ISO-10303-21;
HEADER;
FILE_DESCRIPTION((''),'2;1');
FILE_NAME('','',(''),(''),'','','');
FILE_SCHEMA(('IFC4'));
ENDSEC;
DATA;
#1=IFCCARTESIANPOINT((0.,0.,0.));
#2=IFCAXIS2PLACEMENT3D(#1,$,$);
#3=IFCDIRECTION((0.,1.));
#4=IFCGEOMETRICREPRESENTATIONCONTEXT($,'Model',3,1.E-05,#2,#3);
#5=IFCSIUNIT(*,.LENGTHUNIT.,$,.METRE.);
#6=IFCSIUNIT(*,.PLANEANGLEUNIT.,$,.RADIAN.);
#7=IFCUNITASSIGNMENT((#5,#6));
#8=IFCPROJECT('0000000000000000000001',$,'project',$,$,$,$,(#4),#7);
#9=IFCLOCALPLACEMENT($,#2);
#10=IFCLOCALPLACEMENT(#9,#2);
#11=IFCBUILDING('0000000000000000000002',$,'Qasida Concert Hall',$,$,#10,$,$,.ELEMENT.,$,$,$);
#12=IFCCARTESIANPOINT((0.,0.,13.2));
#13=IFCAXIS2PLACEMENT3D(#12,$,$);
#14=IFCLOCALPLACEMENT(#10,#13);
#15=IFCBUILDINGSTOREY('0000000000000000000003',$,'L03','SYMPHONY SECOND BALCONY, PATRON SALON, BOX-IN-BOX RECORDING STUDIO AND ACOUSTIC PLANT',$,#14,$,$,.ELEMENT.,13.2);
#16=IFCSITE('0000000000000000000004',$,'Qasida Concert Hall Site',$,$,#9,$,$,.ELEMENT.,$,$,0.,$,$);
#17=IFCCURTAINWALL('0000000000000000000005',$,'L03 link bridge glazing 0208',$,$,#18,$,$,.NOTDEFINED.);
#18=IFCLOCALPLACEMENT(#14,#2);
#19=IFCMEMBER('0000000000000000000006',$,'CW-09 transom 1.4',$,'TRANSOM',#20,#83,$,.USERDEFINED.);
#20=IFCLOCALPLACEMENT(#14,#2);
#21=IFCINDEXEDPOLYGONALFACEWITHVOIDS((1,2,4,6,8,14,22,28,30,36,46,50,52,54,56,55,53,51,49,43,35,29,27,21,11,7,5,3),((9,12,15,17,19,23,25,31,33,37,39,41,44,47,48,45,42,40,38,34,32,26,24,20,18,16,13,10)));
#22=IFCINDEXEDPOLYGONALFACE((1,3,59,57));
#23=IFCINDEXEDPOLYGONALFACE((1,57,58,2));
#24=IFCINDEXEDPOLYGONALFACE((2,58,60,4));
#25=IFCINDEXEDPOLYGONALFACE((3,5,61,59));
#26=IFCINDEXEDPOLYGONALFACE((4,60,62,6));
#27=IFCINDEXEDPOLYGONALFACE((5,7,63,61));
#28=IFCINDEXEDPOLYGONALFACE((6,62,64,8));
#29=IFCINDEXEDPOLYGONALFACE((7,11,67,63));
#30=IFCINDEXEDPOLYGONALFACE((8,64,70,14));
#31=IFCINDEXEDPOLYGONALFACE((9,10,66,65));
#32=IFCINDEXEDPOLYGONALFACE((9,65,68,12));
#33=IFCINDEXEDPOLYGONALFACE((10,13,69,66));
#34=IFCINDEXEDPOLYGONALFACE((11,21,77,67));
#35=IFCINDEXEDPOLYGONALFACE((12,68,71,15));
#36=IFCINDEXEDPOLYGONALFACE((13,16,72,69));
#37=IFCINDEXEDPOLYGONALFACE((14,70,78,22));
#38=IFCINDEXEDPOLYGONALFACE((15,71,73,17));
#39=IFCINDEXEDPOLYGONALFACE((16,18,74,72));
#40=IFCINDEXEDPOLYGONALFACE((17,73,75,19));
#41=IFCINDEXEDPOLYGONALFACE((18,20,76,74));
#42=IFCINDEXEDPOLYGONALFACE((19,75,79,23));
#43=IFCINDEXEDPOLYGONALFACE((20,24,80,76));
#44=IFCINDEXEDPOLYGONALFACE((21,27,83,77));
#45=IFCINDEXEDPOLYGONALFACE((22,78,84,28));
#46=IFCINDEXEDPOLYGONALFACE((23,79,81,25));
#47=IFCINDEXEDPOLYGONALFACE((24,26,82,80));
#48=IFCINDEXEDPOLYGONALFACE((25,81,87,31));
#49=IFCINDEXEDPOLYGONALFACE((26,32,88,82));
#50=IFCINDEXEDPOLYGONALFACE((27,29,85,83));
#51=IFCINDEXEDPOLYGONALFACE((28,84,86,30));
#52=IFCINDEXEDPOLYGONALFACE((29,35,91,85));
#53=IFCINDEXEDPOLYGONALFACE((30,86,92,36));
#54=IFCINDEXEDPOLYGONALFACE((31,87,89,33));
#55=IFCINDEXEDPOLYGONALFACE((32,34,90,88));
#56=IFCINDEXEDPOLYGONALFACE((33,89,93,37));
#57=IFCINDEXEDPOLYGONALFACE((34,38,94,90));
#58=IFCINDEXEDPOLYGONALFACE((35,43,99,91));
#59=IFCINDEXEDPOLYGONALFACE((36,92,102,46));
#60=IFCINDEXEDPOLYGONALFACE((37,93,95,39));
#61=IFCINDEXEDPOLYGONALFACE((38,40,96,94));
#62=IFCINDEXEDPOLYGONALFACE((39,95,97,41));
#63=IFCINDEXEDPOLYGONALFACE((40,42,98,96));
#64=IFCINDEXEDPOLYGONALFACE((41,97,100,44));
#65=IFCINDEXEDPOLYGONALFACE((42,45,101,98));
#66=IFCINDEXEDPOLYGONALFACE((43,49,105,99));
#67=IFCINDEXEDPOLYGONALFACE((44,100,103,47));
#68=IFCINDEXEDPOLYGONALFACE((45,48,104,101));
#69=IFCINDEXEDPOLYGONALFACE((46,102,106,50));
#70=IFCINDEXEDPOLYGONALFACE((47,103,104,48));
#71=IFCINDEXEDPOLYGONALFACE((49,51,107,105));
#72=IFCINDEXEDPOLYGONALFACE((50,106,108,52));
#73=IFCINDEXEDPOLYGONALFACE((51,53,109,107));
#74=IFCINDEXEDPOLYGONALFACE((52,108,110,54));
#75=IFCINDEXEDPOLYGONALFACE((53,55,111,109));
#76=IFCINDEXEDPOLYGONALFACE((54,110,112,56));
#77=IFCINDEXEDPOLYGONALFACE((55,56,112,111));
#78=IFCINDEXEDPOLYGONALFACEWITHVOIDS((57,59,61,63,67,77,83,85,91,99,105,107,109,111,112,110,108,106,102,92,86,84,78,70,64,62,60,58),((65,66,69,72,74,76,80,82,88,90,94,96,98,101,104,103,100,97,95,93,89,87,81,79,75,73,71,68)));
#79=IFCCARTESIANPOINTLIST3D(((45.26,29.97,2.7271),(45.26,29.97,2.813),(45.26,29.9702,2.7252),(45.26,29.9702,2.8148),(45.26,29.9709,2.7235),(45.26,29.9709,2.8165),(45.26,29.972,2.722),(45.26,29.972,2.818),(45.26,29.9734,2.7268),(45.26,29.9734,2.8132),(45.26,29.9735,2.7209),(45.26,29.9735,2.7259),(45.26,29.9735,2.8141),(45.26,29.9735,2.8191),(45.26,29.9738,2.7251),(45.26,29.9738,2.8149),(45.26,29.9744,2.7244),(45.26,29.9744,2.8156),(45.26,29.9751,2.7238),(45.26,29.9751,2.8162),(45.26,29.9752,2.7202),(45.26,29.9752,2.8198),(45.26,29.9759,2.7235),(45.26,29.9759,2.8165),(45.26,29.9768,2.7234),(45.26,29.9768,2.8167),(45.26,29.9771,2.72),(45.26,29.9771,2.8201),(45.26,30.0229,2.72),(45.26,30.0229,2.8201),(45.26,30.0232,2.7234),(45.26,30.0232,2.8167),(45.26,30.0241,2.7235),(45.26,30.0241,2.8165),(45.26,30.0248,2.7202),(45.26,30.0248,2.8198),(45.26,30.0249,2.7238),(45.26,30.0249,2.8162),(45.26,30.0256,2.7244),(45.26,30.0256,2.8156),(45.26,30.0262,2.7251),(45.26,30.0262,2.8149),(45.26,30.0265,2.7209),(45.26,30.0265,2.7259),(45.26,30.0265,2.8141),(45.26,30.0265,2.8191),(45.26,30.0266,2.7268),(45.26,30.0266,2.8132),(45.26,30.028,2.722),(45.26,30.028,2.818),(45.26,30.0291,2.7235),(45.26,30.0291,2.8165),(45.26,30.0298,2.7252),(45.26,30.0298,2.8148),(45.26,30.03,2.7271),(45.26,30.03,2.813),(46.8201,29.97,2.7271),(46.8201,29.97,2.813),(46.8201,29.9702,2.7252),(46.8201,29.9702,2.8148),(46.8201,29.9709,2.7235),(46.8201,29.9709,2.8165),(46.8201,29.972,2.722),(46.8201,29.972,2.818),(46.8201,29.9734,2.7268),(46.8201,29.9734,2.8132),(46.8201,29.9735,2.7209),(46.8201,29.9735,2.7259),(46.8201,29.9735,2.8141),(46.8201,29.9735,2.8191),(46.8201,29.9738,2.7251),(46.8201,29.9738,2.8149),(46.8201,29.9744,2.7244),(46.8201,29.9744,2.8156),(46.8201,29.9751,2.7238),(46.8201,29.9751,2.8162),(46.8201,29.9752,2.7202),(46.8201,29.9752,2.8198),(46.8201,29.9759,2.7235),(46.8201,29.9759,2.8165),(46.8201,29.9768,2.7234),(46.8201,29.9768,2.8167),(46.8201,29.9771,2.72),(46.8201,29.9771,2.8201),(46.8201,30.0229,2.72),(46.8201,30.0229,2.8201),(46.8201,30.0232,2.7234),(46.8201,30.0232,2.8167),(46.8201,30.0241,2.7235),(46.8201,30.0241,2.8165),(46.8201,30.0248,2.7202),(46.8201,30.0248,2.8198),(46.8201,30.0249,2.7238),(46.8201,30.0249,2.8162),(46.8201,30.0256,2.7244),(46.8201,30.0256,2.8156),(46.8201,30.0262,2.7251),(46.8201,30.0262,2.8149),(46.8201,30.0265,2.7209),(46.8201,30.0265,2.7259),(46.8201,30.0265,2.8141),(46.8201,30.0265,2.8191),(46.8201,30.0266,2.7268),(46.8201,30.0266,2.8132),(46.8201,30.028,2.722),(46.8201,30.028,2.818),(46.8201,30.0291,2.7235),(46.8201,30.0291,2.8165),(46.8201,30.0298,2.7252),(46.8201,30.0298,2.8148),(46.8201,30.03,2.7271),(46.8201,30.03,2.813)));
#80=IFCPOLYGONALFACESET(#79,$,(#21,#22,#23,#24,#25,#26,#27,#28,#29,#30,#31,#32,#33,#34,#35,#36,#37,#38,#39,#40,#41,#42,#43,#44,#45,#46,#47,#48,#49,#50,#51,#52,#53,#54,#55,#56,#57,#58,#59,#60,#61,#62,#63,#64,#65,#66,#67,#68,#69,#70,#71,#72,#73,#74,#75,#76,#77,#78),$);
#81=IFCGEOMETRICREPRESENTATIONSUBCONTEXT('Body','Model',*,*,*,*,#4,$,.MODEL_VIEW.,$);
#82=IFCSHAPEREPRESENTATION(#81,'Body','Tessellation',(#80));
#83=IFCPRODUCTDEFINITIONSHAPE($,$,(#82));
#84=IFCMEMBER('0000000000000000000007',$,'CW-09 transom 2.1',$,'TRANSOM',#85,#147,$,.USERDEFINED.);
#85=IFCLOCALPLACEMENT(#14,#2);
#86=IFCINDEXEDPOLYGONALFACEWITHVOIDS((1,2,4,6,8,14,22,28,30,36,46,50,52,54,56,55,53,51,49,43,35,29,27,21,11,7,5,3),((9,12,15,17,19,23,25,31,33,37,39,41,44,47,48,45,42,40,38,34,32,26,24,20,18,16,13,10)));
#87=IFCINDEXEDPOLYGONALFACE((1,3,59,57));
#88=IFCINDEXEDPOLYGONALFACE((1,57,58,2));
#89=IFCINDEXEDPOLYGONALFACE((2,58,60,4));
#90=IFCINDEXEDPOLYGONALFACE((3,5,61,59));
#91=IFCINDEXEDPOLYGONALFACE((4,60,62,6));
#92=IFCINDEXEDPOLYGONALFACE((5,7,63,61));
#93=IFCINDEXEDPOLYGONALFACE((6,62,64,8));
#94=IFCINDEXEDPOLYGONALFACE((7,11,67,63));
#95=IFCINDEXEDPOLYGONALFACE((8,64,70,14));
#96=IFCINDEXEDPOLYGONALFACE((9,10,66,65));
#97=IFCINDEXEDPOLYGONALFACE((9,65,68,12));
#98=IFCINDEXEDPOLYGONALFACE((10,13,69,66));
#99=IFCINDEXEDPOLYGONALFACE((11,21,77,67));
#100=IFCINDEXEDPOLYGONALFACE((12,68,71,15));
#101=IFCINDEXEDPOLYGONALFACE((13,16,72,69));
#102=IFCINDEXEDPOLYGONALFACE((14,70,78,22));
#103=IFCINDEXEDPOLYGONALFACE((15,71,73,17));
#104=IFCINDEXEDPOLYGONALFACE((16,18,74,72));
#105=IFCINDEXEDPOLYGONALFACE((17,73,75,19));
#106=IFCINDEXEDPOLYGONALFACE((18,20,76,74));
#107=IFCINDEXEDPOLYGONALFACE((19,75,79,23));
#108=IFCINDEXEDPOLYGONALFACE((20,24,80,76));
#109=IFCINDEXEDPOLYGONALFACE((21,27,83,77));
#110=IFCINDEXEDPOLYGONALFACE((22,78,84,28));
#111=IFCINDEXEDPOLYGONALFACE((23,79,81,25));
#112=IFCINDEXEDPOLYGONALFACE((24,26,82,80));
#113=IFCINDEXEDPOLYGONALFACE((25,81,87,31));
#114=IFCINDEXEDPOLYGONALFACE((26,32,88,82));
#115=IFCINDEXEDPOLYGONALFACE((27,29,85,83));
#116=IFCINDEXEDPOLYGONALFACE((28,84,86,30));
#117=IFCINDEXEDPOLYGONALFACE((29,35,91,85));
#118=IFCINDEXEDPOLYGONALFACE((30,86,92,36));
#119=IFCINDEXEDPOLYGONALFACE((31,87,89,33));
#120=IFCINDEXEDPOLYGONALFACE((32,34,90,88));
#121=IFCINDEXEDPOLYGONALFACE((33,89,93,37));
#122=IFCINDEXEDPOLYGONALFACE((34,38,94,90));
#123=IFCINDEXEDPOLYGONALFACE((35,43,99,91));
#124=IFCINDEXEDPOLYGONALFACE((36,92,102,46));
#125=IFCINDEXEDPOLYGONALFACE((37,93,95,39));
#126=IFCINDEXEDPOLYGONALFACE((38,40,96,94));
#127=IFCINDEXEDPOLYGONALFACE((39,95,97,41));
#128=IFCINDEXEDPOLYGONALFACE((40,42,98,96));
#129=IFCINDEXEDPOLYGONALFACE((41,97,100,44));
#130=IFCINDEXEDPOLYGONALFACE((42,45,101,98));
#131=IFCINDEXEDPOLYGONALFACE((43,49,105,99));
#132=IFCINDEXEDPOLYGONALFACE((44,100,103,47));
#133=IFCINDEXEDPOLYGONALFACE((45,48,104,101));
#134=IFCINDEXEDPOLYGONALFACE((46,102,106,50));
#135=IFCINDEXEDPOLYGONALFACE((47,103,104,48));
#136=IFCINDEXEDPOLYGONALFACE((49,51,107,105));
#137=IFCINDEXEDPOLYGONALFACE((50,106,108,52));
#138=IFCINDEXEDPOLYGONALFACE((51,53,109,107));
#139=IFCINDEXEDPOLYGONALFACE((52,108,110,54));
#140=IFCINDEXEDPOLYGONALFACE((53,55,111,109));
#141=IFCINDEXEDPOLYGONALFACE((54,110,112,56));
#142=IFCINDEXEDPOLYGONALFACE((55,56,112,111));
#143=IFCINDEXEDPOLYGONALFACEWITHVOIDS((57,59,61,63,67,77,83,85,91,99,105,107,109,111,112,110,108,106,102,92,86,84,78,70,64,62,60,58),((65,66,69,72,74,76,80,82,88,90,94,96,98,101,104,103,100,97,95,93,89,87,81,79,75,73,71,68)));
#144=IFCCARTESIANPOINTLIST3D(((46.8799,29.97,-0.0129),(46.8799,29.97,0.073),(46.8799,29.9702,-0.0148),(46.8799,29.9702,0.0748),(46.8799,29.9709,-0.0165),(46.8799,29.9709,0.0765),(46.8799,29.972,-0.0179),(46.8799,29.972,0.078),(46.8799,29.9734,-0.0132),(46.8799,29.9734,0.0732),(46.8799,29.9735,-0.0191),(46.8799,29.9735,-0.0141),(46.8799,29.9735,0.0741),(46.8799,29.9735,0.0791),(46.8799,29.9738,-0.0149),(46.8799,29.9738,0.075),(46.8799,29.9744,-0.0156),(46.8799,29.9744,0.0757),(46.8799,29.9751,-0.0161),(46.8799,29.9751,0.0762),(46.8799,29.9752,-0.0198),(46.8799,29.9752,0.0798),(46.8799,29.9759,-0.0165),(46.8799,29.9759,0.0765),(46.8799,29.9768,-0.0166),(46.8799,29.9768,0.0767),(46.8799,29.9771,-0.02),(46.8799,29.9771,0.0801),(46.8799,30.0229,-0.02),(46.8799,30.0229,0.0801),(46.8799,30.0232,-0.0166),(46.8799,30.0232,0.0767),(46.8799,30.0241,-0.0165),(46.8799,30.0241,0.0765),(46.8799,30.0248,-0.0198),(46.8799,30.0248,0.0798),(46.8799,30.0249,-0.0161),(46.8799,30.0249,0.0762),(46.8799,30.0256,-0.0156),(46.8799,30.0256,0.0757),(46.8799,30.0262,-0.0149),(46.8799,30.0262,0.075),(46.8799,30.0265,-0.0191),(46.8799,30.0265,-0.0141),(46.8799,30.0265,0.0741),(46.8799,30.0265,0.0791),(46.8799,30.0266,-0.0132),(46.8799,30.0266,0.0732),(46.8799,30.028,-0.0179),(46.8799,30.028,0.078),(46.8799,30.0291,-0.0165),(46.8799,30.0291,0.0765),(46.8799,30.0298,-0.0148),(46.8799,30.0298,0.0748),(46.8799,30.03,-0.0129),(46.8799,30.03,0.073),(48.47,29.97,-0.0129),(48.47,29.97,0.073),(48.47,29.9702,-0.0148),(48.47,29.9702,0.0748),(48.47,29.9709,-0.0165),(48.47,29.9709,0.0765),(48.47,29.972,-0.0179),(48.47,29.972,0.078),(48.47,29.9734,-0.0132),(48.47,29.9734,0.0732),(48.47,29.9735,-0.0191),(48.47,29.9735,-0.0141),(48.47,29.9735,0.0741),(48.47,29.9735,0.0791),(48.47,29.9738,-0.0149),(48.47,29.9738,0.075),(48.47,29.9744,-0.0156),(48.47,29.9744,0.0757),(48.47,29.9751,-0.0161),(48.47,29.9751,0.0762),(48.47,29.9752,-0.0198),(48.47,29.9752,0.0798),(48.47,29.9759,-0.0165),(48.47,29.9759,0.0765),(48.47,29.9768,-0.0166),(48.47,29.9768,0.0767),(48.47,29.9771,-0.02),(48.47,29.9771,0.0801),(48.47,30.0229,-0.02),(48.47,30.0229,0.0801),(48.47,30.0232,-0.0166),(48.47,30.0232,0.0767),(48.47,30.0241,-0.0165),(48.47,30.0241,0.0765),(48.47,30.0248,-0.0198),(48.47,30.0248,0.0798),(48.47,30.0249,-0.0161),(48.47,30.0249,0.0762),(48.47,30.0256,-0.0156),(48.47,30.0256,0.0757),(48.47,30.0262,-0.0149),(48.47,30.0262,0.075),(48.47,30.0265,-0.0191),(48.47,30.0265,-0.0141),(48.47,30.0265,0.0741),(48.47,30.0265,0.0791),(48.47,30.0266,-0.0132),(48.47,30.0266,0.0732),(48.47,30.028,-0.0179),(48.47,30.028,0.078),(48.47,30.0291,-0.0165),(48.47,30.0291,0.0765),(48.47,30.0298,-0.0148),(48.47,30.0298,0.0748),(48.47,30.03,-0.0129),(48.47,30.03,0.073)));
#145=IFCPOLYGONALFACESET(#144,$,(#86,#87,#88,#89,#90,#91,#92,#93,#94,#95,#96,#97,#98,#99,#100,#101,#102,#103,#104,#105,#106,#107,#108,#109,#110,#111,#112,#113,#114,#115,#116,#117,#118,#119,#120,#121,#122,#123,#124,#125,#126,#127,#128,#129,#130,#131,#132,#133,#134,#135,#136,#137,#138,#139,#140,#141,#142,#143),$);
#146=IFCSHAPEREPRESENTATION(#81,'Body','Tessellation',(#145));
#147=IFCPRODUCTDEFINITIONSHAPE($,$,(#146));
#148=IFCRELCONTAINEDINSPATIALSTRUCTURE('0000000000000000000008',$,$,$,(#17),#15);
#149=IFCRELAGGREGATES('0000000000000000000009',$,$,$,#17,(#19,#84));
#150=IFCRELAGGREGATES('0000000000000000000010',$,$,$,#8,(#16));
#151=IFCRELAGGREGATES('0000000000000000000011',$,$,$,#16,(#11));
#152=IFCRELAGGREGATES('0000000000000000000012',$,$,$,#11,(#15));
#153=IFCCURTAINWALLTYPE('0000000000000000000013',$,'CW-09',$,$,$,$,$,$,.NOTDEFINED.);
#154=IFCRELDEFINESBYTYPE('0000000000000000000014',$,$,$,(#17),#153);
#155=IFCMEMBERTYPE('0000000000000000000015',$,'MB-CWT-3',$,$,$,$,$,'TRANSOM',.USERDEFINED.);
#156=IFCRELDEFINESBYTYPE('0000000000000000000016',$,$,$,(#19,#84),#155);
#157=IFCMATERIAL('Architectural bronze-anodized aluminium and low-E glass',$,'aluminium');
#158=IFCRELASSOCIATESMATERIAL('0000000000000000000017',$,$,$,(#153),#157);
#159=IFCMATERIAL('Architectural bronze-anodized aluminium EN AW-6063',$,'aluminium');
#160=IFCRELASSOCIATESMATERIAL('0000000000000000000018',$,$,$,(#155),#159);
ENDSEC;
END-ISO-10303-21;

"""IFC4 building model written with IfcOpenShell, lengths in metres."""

from ifc_helpers import new_model, si_unit, direction, frame, origin, origin_2d, place, context, subcontext, project, spatial, hollow_rectangle, extrude, material, material_profile, profile_set, type_object, element, aggregate, save


model = new_model("IFC4")

# Units and contexts
model_context = context("Model", 3, precision=1e-05, world=origin(), true_north=direction((0.0, 1.0)))
body_context = subcontext(model_context, "Body", "Model", "MODEL_VIEW")
ifc_project = project(units=[si_unit("LENGTHUNIT", "METRE"), si_unit("PLANEANGLEUNIT", "RADIAN")], contexts=[model_context])

# Site, building, storey
site_placement = place(None, origin())
site = spatial("IfcSite", under=ifc_project, at=site_placement, Name="Qasida Concert Hall Site", CompositionType="ELEMENT", RefElevation=0.0)
building_placement = place(site_placement, origin())
building = spatial("IfcBuilding", under=site, at=building_placement, Name="Qasida Concert Hall", CompositionType="ELEMENT")
storey_placement = place(building_placement, frame((0.0, 0.0, 13.2)))
storey = spatial("IfcBuildingStorey", under=building, at=storey_placement, Name="L03", Description="SYMPHONY SECOND BALCONY, PATRON SALON, BOX-IN-BOX RECORDING STUDIO AND ACOUSTIC PLANT", CompositionType="ELEMENT", Elevation=13.2)

# Curtain wall
ifc_material_1 = material(Name="Architectural bronze-anodized aluminium and low-E glass", Category="aluminium")
curtain_wall_type = type_object("IfcCurtainWallType", Name="CW-09", PredefinedType="NOTDEFINED", material=ifc_material_1)
ifc_material_2 = material(Name="Architectural bronze-anodized aluminium EN AW-6063", Category="aluminium")
curtain_wall_1_placement = place(storey_placement, origin())
curtain_wall_1 = element("IfcCurtainWall", 1, at=curtain_wall_1_placement, inside=storey, type_object=curtain_wall_type, Name="L03 link bridge glazing 0208", PredefinedType="NOTDEFINED")

# Members
ifc_material_profile_1 = material_profile(ifc_material_2, hollow_rectangle(XDim=0.0601, YDim=0.1001, WallThickness=0.0034, InnerFilletRadius=0.0034, OuterFilletRadius=0.0071, at=origin_2d()), Name="CWT 100x60x3.5")
ifc_profile_set_1 = profile_set([ifc_material_profile_1], Name="Architectural bronze-anodized aluminium EN AW-6063")
member_type_1 = type_object("IfcMemberType", Name="MB-CWT-3", ElementType="TRANSOM", PredefinedType="USERDEFINED", material=ifc_profile_set_1)
member_1_placement = place(storey_placement, frame((45.26, 30.0, 2.77), z_axis=(1.0, 0.0, 0.0), x_axis=(0.0, 1.0, 0.0)))
member_1 = element("IfcMember", 2, at=member_1_placement, type_object=member_type_1, Name="CW-09 transom 1.4", ObjectType="TRANSOM", PredefinedType="USERDEFINED", context=body_context, shape_type="SweptSolid", body=[
    extrude(hollow_rectangle(XDim=0.0601, YDim=0.1001, WallThickness=0.0034, InnerFilletRadius=0.0034, OuterFilletRadius=0.0071, at=origin_2d()), origin(), (0.0, 0.0, 1.0), 1.5601),
])
member_2_placement = place(storey_placement, frame((46.8799, 30.0, 0.03), z_axis=(1.0, 0.0, 0.0), x_axis=(0.0, 1.0, 0.0)))
member_2 = element("IfcMember", 3, at=member_2_placement, type_object=member_type_1, Name="CW-09 transom 2.1", ObjectType="TRANSOM", PredefinedType="USERDEFINED", context=body_context, shape_type="SweptSolid", body=[
    extrude(hollow_rectangle(XDim=0.0601, YDim=0.1001, WallThickness=0.0034, InnerFilletRadius=0.0034, OuterFilletRadius=0.0071, at=origin_2d()), origin(), (0.0, 0.0, 1.0), 1.5901),
])

aggregate(curtain_wall_1, [member_1, member_2])

save(model, "model.ifc")
